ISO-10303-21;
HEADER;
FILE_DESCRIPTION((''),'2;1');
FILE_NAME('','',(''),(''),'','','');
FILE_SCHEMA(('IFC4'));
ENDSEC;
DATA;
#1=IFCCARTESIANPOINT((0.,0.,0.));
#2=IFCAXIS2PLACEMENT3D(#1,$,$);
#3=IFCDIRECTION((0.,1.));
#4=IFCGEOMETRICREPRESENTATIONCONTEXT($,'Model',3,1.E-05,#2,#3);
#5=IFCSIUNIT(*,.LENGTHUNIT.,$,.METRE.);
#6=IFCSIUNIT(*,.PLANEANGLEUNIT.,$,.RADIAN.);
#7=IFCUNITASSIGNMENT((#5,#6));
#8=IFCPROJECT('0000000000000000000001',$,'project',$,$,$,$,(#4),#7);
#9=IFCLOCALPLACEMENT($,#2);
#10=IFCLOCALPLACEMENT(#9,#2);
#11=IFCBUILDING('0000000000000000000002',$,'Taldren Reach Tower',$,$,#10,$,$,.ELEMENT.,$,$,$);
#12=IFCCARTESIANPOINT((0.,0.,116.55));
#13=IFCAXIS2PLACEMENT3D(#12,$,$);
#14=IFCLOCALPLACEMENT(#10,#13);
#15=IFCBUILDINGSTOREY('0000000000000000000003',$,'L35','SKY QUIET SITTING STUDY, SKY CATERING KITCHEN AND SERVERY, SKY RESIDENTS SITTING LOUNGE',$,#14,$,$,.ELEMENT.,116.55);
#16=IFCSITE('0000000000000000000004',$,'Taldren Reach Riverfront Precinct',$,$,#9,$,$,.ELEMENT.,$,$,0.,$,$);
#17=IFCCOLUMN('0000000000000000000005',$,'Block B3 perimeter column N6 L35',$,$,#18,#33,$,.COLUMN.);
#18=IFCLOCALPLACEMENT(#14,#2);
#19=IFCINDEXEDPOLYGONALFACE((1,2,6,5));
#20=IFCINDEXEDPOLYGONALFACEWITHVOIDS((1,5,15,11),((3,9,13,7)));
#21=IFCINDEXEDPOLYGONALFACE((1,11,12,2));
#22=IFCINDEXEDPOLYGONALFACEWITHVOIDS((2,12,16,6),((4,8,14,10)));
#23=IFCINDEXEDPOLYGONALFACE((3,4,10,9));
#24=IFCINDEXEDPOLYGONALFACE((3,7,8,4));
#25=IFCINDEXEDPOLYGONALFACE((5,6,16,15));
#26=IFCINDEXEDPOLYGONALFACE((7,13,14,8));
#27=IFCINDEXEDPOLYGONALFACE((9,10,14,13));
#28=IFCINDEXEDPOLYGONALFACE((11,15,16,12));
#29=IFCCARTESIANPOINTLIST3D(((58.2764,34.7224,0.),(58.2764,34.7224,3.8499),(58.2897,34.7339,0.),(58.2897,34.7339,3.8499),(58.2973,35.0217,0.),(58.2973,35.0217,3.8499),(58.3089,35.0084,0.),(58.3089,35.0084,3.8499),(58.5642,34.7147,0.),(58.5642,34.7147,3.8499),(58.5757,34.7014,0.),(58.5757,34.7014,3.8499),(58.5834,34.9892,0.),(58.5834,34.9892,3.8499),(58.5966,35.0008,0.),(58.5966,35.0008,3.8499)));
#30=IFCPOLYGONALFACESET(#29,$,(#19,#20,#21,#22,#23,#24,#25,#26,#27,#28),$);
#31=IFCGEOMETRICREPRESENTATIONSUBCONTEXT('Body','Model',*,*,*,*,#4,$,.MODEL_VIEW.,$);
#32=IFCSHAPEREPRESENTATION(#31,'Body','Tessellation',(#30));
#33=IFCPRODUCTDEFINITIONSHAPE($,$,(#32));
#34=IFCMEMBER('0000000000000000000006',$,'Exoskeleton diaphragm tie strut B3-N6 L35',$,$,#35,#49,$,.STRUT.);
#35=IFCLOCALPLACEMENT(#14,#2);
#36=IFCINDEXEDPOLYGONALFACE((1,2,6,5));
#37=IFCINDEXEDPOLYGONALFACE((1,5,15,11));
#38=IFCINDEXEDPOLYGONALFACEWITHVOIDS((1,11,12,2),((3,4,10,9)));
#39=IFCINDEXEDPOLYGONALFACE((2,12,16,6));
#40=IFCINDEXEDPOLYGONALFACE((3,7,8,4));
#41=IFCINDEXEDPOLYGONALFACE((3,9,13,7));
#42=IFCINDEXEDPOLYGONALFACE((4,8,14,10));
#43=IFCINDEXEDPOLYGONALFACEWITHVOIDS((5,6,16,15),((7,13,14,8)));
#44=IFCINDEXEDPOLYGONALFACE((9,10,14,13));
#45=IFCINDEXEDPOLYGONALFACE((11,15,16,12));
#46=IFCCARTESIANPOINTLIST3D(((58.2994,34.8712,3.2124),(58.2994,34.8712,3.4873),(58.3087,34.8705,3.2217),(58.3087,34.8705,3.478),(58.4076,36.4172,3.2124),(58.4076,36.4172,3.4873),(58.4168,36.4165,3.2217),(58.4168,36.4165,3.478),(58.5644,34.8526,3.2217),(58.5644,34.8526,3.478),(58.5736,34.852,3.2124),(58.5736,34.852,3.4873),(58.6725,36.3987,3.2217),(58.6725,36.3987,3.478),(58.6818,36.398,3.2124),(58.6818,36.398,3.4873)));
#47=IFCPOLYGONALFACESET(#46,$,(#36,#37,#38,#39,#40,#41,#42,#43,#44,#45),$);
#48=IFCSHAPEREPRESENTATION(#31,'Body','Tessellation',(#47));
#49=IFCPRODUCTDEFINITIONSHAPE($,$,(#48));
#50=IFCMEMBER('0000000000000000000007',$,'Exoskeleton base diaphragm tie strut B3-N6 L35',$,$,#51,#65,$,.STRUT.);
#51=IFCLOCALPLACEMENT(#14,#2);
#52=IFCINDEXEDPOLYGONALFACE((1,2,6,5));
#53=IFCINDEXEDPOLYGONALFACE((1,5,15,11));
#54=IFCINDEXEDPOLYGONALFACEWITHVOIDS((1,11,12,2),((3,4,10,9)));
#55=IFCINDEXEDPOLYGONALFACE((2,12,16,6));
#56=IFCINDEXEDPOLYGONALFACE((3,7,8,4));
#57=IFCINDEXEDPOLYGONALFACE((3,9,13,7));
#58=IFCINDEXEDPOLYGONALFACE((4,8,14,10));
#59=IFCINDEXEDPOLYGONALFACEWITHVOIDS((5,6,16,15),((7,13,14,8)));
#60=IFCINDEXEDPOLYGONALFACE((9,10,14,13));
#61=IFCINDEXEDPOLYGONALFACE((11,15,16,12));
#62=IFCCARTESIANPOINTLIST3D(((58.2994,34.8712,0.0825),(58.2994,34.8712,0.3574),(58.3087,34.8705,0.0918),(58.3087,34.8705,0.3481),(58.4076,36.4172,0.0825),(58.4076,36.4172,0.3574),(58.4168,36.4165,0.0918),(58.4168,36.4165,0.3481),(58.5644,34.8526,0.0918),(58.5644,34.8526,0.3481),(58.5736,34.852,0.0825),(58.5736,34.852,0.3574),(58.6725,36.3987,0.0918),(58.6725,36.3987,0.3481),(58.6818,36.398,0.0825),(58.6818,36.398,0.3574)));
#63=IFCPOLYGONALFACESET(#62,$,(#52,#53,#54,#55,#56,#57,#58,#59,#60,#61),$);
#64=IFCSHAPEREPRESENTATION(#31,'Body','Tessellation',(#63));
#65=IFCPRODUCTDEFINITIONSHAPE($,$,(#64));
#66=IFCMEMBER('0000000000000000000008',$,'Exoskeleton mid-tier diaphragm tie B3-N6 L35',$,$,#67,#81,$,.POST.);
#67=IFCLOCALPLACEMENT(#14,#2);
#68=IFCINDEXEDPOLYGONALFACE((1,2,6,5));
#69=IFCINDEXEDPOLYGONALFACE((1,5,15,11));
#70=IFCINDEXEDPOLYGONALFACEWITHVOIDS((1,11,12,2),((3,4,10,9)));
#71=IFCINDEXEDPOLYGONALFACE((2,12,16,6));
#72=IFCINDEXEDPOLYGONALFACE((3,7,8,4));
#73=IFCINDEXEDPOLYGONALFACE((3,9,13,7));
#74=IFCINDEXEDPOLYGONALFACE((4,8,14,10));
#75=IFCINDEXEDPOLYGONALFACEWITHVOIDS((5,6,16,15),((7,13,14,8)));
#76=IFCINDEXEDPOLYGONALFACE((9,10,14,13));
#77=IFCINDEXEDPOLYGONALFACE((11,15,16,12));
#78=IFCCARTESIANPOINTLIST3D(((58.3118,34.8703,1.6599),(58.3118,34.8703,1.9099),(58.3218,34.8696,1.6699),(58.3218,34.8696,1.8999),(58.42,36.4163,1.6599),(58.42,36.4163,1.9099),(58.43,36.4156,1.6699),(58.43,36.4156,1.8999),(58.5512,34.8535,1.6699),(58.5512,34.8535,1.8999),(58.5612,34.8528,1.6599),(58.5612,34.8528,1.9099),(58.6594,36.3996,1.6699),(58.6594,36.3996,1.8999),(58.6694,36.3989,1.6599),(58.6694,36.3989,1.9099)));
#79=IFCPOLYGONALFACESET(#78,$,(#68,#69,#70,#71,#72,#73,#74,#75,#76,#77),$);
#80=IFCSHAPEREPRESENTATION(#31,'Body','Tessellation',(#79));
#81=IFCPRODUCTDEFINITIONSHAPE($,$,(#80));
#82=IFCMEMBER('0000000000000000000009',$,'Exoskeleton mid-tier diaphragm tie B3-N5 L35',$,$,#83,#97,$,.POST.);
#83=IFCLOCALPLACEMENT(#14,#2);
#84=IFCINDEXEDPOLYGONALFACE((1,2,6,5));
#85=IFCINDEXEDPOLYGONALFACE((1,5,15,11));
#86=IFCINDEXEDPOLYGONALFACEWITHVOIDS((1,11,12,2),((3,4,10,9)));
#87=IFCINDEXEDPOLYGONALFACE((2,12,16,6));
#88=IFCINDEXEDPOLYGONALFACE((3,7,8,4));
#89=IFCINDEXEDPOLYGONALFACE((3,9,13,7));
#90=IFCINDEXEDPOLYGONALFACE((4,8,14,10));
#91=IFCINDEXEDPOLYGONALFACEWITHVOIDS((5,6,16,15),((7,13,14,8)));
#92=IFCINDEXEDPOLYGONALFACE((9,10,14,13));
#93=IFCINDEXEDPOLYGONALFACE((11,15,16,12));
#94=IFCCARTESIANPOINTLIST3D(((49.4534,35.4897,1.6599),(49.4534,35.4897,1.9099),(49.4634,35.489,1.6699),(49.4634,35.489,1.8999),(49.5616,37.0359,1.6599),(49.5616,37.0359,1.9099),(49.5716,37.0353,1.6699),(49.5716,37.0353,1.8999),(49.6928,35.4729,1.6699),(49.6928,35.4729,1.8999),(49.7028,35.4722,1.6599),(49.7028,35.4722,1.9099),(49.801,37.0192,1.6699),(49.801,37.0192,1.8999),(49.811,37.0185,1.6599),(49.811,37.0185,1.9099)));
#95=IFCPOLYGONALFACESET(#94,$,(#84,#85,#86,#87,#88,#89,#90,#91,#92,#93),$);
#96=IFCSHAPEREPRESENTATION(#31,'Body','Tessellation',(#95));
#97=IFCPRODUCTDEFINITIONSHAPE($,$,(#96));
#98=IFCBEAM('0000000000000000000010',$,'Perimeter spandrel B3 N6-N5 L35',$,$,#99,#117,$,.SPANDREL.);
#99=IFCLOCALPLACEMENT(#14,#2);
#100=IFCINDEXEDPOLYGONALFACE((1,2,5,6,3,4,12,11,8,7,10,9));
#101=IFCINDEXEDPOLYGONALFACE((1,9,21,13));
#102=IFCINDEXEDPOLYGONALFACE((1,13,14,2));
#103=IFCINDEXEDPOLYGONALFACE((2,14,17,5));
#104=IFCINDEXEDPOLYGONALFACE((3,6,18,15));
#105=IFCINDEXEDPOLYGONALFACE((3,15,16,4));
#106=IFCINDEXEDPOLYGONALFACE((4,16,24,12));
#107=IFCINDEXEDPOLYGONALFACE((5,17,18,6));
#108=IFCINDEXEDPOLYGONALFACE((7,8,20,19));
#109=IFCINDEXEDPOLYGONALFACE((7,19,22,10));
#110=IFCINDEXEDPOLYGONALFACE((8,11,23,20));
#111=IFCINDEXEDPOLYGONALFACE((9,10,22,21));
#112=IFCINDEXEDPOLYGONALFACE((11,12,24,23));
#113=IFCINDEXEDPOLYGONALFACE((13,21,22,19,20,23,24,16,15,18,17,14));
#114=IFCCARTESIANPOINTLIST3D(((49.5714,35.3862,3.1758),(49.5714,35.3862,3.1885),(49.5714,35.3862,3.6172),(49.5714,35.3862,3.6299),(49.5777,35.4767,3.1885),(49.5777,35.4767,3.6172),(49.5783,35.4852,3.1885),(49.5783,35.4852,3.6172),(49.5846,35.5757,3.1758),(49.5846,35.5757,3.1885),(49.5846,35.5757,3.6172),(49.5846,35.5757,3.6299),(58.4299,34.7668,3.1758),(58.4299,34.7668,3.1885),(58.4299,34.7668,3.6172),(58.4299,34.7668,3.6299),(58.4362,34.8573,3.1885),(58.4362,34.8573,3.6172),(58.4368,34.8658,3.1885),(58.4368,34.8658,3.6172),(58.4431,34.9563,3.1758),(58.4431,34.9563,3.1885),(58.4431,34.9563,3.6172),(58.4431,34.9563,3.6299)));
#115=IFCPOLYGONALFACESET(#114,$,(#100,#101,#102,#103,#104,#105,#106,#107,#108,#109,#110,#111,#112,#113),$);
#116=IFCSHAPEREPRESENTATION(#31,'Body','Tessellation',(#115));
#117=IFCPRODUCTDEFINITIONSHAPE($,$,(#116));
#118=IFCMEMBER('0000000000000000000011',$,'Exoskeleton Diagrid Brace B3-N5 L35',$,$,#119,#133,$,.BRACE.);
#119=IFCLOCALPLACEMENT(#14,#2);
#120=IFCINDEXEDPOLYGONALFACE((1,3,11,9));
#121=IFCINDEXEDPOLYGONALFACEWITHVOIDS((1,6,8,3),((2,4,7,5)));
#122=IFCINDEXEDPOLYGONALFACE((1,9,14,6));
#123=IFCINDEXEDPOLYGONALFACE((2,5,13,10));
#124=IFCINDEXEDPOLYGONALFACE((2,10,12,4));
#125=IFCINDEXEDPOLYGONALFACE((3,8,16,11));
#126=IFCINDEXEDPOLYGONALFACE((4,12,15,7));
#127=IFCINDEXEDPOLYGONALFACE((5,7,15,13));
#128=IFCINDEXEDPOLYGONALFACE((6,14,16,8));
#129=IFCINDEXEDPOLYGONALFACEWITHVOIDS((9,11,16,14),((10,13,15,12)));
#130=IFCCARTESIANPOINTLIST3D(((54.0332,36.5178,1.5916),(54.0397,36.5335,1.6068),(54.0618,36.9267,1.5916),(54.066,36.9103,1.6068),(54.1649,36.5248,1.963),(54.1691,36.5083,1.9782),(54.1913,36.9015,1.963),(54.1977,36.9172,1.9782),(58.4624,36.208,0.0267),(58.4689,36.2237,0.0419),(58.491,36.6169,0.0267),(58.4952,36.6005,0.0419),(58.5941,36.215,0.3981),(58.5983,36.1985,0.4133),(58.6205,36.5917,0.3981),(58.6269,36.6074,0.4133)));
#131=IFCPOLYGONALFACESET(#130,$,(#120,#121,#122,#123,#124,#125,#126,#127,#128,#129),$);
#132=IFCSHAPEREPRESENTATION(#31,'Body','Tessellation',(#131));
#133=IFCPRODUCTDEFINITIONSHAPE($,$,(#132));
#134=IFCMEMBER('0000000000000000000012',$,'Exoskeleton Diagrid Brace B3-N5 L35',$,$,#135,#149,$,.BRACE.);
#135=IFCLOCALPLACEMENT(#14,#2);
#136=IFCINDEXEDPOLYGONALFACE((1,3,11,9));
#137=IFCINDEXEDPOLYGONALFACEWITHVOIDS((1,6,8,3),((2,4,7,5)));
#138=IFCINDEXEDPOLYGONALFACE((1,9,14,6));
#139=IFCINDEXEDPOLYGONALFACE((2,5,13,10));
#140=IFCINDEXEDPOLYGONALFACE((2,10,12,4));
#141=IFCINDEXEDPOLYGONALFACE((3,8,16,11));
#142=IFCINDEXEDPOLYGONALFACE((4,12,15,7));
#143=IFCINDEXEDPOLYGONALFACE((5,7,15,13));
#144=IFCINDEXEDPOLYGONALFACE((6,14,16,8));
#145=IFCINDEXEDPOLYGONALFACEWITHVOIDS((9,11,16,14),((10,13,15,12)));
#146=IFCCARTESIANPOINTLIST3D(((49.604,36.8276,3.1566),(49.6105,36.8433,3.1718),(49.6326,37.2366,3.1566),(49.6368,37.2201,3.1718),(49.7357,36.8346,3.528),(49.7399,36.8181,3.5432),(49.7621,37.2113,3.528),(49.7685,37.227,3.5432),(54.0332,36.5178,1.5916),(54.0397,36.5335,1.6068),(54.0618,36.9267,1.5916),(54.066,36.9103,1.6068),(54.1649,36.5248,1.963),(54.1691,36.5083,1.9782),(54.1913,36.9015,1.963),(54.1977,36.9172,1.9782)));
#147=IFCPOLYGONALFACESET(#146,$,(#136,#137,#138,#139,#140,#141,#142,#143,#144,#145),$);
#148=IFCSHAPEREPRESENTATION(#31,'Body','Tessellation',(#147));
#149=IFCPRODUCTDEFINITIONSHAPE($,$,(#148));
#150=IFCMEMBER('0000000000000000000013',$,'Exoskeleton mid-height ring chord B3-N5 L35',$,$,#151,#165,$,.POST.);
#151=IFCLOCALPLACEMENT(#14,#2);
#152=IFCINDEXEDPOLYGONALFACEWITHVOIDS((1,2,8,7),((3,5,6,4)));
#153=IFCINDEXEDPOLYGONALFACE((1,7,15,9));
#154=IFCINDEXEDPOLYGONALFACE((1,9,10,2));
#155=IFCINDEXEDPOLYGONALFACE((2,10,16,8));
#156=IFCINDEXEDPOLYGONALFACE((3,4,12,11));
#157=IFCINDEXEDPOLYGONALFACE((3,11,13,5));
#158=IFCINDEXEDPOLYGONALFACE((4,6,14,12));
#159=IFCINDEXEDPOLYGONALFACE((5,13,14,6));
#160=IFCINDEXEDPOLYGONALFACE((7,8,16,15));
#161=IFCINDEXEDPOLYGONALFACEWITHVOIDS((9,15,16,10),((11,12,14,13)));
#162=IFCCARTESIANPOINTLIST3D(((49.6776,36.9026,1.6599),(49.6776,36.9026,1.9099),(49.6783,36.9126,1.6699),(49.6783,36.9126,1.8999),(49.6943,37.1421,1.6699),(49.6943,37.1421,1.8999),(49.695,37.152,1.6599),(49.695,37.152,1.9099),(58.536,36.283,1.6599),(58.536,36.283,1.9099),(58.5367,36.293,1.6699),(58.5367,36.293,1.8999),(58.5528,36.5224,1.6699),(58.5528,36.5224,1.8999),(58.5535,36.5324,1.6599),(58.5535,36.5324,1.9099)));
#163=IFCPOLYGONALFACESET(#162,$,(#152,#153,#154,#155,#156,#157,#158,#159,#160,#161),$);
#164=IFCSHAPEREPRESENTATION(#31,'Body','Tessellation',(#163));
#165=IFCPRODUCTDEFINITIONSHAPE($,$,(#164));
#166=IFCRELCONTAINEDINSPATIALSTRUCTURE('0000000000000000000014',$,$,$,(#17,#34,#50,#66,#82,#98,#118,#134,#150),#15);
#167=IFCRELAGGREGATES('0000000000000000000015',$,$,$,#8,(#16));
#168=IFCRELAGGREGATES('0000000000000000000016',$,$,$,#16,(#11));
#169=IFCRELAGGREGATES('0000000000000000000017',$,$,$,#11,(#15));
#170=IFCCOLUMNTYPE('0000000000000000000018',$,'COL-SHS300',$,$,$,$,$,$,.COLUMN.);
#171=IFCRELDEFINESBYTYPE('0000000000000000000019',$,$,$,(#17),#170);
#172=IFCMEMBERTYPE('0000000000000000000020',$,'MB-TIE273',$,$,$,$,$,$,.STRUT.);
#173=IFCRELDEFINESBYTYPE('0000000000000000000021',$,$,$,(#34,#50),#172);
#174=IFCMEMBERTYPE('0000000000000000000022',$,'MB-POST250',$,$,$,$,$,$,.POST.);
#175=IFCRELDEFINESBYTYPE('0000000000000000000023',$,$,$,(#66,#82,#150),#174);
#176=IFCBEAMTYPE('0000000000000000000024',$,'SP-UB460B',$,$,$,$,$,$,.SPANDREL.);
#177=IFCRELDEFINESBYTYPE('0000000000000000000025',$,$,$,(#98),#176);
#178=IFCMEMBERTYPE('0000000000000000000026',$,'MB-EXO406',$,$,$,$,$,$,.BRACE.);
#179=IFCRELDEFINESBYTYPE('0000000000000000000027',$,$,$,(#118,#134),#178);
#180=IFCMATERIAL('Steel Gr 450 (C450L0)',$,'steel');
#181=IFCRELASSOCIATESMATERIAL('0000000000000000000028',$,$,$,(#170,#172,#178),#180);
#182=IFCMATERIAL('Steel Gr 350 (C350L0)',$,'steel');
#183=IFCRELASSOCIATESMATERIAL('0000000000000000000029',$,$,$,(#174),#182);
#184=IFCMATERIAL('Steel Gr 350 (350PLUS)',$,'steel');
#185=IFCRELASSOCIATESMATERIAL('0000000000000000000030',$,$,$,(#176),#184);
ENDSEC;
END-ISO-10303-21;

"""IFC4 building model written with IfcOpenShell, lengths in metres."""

from ifc_helpers import new_model, si_unit, direction, frame, origin, origin_2d, place, context, subcontext, project, spatial, hollow_rectangle, i_section, extrude, source, transform, mapped, material, material_profile, profile_set, type_object, element, save


model = new_model("IFC4")

# Units and contexts
model_context = context("Model", 3, precision=1e-05, world=origin(), true_north=direction((0.0, 1.0)))
body_context = subcontext(model_context, "Body", "Model", "MODEL_VIEW")
ifc_project = project(units=[si_unit("LENGTHUNIT", "METRE"), si_unit("PLANEANGLEUNIT", "RADIAN")], contexts=[model_context])

# Site, building, storey
site_placement = place(None, origin())
site = spatial("IfcSite", under=ifc_project, at=site_placement, Name="Taldren Reach Riverfront Precinct", CompositionType="ELEMENT", RefElevation=0.0)
building_placement = place(site_placement, origin())
building = spatial("IfcBuilding", under=site, at=building_placement, Name="Taldren Reach Tower", CompositionType="ELEMENT")
storey_placement = place(building_placement, frame((0.0, 0.0, 116.55)))
storey = spatial("IfcBuildingStorey", under=building, at=storey_placement, Name="L35", Description="SKY QUIET SITTING STUDY, SKY CATERING KITCHEN AND SERVERY, SKY RESIDENTS SITTING LOUNGE", CompositionType="ELEMENT", Elevation=116.55)

# Column
ifc_material_1 = material(Name="Steel Gr 450 (C450L0)", Category="steel")
ifc_material_profile_1 = material_profile(ifc_material_1, hollow_rectangle(XDim=0.3, YDim=0.3, WallThickness=0.0125, at=origin_2d()), Name="300x300x12.5SHS")
ifc_profile_set_1 = profile_set([ifc_material_profile_1], Name="Steel Gr 450 (C450L0)")
column_type = type_object("IfcColumnType", Name="COL-SHS300", PredefinedType="COLUMN", material=ifc_profile_set_1)
shared_shape_1 = source(origin(), body_context, "Body", "SweptSolid", [
    extrude(hollow_rectangle(XDim=0.3, YDim=0.3, WallThickness=0.0125, at=origin_2d()), origin(), (0.0, 0.0, 1.0), 3.8499),
])
column_placement = place(storey_placement, frame((58.4365, 34.8616, 0.0), z_axis=(0.0, 0.0, 1.0), x_axis=(0.997564, -0.069756, 0.0)))
element("IfcColumn", 1, at=column_placement, inside=storey, type_object=column_type, Name="Block B3 perimeter column N6 L35", PredefinedType="COLUMN", context=body_context, shape_type="MappedRepresentation", body=[
    mapped(shared_shape_1, transform((0.0, 0.0, 0.0), scale=1.0)),
])

# Members
ifc_material_profile_2 = material_profile(ifc_material_1, hollow_rectangle(XDim=0.2749, YDim=0.2749, WallThickness=0.0093, at=origin_2d()), Name="275x275x9.3SHS")
ifc_profile_set_2 = profile_set([ifc_material_profile_2], Name="Steel Gr 450 (C450L0)")
member_type_1 = type_object("IfcMemberType", Name="MB-TIE273", PredefinedType="STRUT", material=ifc_profile_set_2)
shared_shape_2 = source(origin(), body_context, "Body", "SweptSolid", [
    extrude(hollow_rectangle(XDim=0.2749, YDim=0.2749, WallThickness=0.0093, at=origin_2d()), origin(), (0.0, 0.0, 1.0), 1.5498),
])
for number, where, z_axis, x_axis, name in (
    (2, (58.4365, 34.8616, 3.3499), (0.069781, 0.997562, 0.0), (-0.997562, 0.069781, 0.0), "Exoskeleton diaphragm tie strut B3-N6 L35"),
    (3, (58.4365, 34.8616, 0.22), (0.069781, 0.997562, 0.0), (-0.997562, 0.069781, 0.0), "Exoskeleton base diaphragm tie strut B3-N6 L35"),
):
    element("IfcMember", number, at=place(storey_placement, frame(where, z_axis=z_axis, x_axis=x_axis)), inside=storey, type_object=member_type_1, Name=name, PredefinedType="STRUT", context=body_context, shape_type="MappedRepresentation", body=[
        mapped(shared_shape_2, transform((0.0, 0.0, 0.0), scale=1.0)),
    ])
ifc_material_2 = material(Name="Steel Gr 350 (C350L0)", Category="steel")
ifc_material_profile_3 = material_profile(ifc_material_2, hollow_rectangle(XDim=0.25, YDim=0.25, WallThickness=0.01, at=origin_2d()), Name="250x250x10.0SHS")
ifc_profile_set_3 = profile_set([ifc_material_profile_3], Name="Steel Gr 350 (C350L0)")
member_type_2 = type_object("IfcMemberType", Name="MB-POST250", PredefinedType="POST", material=ifc_profile_set_3)
shared_shape_3 = source(origin(), body_context, "Body", "SweptSolid", [
    extrude(hollow_rectangle(XDim=0.25, YDim=0.25, WallThickness=0.01, at=origin_2d()), origin(), (0.0, 0.0, 1.0), 1.5498),
])
member_1_placement = place(storey_placement, frame((58.4365, 34.8616, 1.7849), z_axis=(0.069781, 0.997562, 0.0), x_axis=(-0.997562, 0.069781, 0.0)))
element("IfcMember", 4, at=member_1_placement, inside=storey, type_object=member_type_2, Name="Exoskeleton mid-tier diaphragm tie B3-N6 L35", PredefinedType="POST", context=body_context, shape_type="MappedRepresentation", body=[
    mapped(shared_shape_3, transform((0.0, 0.0, 0.0), scale=1.0)),
])
shared_shape_4 = source(origin(), body_context, "Body", "SweptSolid", [
    extrude(hollow_rectangle(XDim=0.25, YDim=0.25, WallThickness=0.01, at=origin_2d()), origin(), (0.0, 0.0, 1.0), 1.55),
])
member_2_placement = place(storey_placement, frame((49.5781, 35.481, 1.7849), z_axis=(0.06977, 0.997563, 0.0), x_axis=(-0.997563, 0.06977, 0.0)))
element("IfcMember", 5, at=member_2_placement, inside=storey, type_object=member_type_2, Name="Exoskeleton mid-tier diaphragm tie B3-N5 L35", PredefinedType="POST", context=body_context, shape_type="MappedRepresentation", body=[
    mapped(shared_shape_4, transform((0.0, 0.0, 0.0), scale=1.0)),
])

# Beam
ifc_material_3 = material(Name="Steel Gr 350 (350PLUS)", Category="steel")
ifc_material_profile_4 = material_profile(ifc_material_3, i_section(OverallWidth=0.1899, OverallDepth=0.4541, WebThickness=0.0085, FlangeThickness=0.0127, at=origin_2d()), Name="460UB67.1")
ifc_profile_set_4 = profile_set([ifc_material_profile_4], Name="Steel Gr 350 (350PLUS)")
beam_type = type_object("IfcBeamType", Name="SP-UB460B", PredefinedType="SPANDREL", material=ifc_profile_set_4)
shared_shape_5 = source(origin(), body_context, "Body", "SweptSolid", [
    extrude(i_section(OverallWidth=0.1899, OverallDepth=0.4541, WebThickness=0.0085, FlangeThickness=0.0127, at=origin_2d()), origin(), (0.0, 0.0, 1.0), 8.8801),
])
beam_placement = place(storey_placement, frame((58.4365, 34.8616, 3.4028), z_axis=(-0.997564, 0.06975, 0.0), x_axis=(-0.06975, -0.997564, 0.0)))
element("IfcBeam", 6, at=beam_placement, inside=storey, type_object=beam_type, Name="Perimeter spandrel B3 N6-N5 L35", PredefinedType="SPANDREL", context=body_context, shape_type="MappedRepresentation", body=[
    mapped(shared_shape_5, transform((0.0, 0.0, 0.0), scale=1.0)),
])

# Members
ifc_material_profile_5 = material_profile(ifc_material_1, hollow_rectangle(XDim=0.4099, YDim=0.4099, WallThickness=0.0161, at=origin_2d()), Name="410x410x16.0SHS")
ifc_profile_set_5 = profile_set([ifc_material_profile_5], Name="Steel Gr 450 (C450L0)")
member_type_3 = type_object("IfcMemberType", Name="MB-EXO406", PredefinedType="BRACE", material=ifc_profile_set_5)
shared_shape_6 = source(origin(), body_context, "Body", "SweptSolid", [
    extrude(hollow_rectangle(XDim=0.4099, YDim=0.4099, WallThickness=0.0161, at=origin_2d()), origin(), (0.0, 0.0, 1.0), 4.7078),
])
for number, where, z_axis, x_axis, name in (
    (7, (58.5447, 36.4077, 0.22), (-0.940833, 0.06581, 0.332419), (-0.069778, -0.997563, 0.0), "Exoskeleton Diagrid Brace B3-N5 L35"),
    (8, (54.1155, 36.7175, 1.7849), (-0.940833, 0.06581, 0.332419), (-0.069778, -0.997563, 0.0), "Exoskeleton Diagrid Brace B3-N5 L35"),
):
    element("IfcMember", number, at=place(storey_placement, frame(where, z_axis=z_axis, x_axis=x_axis)), inside=storey, type_object=member_type_3, Name=name, PredefinedType="BRACE", context=body_context, shape_type="MappedRepresentation", body=[
        mapped(shared_shape_6, transform((0.0, 0.0, 0.0), scale=1.0)),
    ])
shared_shape_7 = source(origin(), body_context, "Body", "SweptSolid", [
    extrude(hollow_rectangle(XDim=0.25, YDim=0.25, WallThickness=0.01, at=origin_2d()), origin(), (0.0, 0.0, 1.0), 8.8801),
])
member_3_placement = place(storey_placement, frame((49.6863, 37.0273, 1.7849), z_axis=(0.997563, -0.069778, 0.0), x_axis=(0.069778, 0.997563, 0.0)))
element("IfcMember", 9, at=member_3_placement, inside=storey, type_object=member_type_2, Name="Exoskeleton mid-height ring chord B3-N5 L35", PredefinedType="POST", context=body_context, shape_type="MappedRepresentation", body=[
    mapped(shared_shape_7, transform((0.0, 0.0, 0.0), scale=1.0)),
])

save(model, "model.ifc")
